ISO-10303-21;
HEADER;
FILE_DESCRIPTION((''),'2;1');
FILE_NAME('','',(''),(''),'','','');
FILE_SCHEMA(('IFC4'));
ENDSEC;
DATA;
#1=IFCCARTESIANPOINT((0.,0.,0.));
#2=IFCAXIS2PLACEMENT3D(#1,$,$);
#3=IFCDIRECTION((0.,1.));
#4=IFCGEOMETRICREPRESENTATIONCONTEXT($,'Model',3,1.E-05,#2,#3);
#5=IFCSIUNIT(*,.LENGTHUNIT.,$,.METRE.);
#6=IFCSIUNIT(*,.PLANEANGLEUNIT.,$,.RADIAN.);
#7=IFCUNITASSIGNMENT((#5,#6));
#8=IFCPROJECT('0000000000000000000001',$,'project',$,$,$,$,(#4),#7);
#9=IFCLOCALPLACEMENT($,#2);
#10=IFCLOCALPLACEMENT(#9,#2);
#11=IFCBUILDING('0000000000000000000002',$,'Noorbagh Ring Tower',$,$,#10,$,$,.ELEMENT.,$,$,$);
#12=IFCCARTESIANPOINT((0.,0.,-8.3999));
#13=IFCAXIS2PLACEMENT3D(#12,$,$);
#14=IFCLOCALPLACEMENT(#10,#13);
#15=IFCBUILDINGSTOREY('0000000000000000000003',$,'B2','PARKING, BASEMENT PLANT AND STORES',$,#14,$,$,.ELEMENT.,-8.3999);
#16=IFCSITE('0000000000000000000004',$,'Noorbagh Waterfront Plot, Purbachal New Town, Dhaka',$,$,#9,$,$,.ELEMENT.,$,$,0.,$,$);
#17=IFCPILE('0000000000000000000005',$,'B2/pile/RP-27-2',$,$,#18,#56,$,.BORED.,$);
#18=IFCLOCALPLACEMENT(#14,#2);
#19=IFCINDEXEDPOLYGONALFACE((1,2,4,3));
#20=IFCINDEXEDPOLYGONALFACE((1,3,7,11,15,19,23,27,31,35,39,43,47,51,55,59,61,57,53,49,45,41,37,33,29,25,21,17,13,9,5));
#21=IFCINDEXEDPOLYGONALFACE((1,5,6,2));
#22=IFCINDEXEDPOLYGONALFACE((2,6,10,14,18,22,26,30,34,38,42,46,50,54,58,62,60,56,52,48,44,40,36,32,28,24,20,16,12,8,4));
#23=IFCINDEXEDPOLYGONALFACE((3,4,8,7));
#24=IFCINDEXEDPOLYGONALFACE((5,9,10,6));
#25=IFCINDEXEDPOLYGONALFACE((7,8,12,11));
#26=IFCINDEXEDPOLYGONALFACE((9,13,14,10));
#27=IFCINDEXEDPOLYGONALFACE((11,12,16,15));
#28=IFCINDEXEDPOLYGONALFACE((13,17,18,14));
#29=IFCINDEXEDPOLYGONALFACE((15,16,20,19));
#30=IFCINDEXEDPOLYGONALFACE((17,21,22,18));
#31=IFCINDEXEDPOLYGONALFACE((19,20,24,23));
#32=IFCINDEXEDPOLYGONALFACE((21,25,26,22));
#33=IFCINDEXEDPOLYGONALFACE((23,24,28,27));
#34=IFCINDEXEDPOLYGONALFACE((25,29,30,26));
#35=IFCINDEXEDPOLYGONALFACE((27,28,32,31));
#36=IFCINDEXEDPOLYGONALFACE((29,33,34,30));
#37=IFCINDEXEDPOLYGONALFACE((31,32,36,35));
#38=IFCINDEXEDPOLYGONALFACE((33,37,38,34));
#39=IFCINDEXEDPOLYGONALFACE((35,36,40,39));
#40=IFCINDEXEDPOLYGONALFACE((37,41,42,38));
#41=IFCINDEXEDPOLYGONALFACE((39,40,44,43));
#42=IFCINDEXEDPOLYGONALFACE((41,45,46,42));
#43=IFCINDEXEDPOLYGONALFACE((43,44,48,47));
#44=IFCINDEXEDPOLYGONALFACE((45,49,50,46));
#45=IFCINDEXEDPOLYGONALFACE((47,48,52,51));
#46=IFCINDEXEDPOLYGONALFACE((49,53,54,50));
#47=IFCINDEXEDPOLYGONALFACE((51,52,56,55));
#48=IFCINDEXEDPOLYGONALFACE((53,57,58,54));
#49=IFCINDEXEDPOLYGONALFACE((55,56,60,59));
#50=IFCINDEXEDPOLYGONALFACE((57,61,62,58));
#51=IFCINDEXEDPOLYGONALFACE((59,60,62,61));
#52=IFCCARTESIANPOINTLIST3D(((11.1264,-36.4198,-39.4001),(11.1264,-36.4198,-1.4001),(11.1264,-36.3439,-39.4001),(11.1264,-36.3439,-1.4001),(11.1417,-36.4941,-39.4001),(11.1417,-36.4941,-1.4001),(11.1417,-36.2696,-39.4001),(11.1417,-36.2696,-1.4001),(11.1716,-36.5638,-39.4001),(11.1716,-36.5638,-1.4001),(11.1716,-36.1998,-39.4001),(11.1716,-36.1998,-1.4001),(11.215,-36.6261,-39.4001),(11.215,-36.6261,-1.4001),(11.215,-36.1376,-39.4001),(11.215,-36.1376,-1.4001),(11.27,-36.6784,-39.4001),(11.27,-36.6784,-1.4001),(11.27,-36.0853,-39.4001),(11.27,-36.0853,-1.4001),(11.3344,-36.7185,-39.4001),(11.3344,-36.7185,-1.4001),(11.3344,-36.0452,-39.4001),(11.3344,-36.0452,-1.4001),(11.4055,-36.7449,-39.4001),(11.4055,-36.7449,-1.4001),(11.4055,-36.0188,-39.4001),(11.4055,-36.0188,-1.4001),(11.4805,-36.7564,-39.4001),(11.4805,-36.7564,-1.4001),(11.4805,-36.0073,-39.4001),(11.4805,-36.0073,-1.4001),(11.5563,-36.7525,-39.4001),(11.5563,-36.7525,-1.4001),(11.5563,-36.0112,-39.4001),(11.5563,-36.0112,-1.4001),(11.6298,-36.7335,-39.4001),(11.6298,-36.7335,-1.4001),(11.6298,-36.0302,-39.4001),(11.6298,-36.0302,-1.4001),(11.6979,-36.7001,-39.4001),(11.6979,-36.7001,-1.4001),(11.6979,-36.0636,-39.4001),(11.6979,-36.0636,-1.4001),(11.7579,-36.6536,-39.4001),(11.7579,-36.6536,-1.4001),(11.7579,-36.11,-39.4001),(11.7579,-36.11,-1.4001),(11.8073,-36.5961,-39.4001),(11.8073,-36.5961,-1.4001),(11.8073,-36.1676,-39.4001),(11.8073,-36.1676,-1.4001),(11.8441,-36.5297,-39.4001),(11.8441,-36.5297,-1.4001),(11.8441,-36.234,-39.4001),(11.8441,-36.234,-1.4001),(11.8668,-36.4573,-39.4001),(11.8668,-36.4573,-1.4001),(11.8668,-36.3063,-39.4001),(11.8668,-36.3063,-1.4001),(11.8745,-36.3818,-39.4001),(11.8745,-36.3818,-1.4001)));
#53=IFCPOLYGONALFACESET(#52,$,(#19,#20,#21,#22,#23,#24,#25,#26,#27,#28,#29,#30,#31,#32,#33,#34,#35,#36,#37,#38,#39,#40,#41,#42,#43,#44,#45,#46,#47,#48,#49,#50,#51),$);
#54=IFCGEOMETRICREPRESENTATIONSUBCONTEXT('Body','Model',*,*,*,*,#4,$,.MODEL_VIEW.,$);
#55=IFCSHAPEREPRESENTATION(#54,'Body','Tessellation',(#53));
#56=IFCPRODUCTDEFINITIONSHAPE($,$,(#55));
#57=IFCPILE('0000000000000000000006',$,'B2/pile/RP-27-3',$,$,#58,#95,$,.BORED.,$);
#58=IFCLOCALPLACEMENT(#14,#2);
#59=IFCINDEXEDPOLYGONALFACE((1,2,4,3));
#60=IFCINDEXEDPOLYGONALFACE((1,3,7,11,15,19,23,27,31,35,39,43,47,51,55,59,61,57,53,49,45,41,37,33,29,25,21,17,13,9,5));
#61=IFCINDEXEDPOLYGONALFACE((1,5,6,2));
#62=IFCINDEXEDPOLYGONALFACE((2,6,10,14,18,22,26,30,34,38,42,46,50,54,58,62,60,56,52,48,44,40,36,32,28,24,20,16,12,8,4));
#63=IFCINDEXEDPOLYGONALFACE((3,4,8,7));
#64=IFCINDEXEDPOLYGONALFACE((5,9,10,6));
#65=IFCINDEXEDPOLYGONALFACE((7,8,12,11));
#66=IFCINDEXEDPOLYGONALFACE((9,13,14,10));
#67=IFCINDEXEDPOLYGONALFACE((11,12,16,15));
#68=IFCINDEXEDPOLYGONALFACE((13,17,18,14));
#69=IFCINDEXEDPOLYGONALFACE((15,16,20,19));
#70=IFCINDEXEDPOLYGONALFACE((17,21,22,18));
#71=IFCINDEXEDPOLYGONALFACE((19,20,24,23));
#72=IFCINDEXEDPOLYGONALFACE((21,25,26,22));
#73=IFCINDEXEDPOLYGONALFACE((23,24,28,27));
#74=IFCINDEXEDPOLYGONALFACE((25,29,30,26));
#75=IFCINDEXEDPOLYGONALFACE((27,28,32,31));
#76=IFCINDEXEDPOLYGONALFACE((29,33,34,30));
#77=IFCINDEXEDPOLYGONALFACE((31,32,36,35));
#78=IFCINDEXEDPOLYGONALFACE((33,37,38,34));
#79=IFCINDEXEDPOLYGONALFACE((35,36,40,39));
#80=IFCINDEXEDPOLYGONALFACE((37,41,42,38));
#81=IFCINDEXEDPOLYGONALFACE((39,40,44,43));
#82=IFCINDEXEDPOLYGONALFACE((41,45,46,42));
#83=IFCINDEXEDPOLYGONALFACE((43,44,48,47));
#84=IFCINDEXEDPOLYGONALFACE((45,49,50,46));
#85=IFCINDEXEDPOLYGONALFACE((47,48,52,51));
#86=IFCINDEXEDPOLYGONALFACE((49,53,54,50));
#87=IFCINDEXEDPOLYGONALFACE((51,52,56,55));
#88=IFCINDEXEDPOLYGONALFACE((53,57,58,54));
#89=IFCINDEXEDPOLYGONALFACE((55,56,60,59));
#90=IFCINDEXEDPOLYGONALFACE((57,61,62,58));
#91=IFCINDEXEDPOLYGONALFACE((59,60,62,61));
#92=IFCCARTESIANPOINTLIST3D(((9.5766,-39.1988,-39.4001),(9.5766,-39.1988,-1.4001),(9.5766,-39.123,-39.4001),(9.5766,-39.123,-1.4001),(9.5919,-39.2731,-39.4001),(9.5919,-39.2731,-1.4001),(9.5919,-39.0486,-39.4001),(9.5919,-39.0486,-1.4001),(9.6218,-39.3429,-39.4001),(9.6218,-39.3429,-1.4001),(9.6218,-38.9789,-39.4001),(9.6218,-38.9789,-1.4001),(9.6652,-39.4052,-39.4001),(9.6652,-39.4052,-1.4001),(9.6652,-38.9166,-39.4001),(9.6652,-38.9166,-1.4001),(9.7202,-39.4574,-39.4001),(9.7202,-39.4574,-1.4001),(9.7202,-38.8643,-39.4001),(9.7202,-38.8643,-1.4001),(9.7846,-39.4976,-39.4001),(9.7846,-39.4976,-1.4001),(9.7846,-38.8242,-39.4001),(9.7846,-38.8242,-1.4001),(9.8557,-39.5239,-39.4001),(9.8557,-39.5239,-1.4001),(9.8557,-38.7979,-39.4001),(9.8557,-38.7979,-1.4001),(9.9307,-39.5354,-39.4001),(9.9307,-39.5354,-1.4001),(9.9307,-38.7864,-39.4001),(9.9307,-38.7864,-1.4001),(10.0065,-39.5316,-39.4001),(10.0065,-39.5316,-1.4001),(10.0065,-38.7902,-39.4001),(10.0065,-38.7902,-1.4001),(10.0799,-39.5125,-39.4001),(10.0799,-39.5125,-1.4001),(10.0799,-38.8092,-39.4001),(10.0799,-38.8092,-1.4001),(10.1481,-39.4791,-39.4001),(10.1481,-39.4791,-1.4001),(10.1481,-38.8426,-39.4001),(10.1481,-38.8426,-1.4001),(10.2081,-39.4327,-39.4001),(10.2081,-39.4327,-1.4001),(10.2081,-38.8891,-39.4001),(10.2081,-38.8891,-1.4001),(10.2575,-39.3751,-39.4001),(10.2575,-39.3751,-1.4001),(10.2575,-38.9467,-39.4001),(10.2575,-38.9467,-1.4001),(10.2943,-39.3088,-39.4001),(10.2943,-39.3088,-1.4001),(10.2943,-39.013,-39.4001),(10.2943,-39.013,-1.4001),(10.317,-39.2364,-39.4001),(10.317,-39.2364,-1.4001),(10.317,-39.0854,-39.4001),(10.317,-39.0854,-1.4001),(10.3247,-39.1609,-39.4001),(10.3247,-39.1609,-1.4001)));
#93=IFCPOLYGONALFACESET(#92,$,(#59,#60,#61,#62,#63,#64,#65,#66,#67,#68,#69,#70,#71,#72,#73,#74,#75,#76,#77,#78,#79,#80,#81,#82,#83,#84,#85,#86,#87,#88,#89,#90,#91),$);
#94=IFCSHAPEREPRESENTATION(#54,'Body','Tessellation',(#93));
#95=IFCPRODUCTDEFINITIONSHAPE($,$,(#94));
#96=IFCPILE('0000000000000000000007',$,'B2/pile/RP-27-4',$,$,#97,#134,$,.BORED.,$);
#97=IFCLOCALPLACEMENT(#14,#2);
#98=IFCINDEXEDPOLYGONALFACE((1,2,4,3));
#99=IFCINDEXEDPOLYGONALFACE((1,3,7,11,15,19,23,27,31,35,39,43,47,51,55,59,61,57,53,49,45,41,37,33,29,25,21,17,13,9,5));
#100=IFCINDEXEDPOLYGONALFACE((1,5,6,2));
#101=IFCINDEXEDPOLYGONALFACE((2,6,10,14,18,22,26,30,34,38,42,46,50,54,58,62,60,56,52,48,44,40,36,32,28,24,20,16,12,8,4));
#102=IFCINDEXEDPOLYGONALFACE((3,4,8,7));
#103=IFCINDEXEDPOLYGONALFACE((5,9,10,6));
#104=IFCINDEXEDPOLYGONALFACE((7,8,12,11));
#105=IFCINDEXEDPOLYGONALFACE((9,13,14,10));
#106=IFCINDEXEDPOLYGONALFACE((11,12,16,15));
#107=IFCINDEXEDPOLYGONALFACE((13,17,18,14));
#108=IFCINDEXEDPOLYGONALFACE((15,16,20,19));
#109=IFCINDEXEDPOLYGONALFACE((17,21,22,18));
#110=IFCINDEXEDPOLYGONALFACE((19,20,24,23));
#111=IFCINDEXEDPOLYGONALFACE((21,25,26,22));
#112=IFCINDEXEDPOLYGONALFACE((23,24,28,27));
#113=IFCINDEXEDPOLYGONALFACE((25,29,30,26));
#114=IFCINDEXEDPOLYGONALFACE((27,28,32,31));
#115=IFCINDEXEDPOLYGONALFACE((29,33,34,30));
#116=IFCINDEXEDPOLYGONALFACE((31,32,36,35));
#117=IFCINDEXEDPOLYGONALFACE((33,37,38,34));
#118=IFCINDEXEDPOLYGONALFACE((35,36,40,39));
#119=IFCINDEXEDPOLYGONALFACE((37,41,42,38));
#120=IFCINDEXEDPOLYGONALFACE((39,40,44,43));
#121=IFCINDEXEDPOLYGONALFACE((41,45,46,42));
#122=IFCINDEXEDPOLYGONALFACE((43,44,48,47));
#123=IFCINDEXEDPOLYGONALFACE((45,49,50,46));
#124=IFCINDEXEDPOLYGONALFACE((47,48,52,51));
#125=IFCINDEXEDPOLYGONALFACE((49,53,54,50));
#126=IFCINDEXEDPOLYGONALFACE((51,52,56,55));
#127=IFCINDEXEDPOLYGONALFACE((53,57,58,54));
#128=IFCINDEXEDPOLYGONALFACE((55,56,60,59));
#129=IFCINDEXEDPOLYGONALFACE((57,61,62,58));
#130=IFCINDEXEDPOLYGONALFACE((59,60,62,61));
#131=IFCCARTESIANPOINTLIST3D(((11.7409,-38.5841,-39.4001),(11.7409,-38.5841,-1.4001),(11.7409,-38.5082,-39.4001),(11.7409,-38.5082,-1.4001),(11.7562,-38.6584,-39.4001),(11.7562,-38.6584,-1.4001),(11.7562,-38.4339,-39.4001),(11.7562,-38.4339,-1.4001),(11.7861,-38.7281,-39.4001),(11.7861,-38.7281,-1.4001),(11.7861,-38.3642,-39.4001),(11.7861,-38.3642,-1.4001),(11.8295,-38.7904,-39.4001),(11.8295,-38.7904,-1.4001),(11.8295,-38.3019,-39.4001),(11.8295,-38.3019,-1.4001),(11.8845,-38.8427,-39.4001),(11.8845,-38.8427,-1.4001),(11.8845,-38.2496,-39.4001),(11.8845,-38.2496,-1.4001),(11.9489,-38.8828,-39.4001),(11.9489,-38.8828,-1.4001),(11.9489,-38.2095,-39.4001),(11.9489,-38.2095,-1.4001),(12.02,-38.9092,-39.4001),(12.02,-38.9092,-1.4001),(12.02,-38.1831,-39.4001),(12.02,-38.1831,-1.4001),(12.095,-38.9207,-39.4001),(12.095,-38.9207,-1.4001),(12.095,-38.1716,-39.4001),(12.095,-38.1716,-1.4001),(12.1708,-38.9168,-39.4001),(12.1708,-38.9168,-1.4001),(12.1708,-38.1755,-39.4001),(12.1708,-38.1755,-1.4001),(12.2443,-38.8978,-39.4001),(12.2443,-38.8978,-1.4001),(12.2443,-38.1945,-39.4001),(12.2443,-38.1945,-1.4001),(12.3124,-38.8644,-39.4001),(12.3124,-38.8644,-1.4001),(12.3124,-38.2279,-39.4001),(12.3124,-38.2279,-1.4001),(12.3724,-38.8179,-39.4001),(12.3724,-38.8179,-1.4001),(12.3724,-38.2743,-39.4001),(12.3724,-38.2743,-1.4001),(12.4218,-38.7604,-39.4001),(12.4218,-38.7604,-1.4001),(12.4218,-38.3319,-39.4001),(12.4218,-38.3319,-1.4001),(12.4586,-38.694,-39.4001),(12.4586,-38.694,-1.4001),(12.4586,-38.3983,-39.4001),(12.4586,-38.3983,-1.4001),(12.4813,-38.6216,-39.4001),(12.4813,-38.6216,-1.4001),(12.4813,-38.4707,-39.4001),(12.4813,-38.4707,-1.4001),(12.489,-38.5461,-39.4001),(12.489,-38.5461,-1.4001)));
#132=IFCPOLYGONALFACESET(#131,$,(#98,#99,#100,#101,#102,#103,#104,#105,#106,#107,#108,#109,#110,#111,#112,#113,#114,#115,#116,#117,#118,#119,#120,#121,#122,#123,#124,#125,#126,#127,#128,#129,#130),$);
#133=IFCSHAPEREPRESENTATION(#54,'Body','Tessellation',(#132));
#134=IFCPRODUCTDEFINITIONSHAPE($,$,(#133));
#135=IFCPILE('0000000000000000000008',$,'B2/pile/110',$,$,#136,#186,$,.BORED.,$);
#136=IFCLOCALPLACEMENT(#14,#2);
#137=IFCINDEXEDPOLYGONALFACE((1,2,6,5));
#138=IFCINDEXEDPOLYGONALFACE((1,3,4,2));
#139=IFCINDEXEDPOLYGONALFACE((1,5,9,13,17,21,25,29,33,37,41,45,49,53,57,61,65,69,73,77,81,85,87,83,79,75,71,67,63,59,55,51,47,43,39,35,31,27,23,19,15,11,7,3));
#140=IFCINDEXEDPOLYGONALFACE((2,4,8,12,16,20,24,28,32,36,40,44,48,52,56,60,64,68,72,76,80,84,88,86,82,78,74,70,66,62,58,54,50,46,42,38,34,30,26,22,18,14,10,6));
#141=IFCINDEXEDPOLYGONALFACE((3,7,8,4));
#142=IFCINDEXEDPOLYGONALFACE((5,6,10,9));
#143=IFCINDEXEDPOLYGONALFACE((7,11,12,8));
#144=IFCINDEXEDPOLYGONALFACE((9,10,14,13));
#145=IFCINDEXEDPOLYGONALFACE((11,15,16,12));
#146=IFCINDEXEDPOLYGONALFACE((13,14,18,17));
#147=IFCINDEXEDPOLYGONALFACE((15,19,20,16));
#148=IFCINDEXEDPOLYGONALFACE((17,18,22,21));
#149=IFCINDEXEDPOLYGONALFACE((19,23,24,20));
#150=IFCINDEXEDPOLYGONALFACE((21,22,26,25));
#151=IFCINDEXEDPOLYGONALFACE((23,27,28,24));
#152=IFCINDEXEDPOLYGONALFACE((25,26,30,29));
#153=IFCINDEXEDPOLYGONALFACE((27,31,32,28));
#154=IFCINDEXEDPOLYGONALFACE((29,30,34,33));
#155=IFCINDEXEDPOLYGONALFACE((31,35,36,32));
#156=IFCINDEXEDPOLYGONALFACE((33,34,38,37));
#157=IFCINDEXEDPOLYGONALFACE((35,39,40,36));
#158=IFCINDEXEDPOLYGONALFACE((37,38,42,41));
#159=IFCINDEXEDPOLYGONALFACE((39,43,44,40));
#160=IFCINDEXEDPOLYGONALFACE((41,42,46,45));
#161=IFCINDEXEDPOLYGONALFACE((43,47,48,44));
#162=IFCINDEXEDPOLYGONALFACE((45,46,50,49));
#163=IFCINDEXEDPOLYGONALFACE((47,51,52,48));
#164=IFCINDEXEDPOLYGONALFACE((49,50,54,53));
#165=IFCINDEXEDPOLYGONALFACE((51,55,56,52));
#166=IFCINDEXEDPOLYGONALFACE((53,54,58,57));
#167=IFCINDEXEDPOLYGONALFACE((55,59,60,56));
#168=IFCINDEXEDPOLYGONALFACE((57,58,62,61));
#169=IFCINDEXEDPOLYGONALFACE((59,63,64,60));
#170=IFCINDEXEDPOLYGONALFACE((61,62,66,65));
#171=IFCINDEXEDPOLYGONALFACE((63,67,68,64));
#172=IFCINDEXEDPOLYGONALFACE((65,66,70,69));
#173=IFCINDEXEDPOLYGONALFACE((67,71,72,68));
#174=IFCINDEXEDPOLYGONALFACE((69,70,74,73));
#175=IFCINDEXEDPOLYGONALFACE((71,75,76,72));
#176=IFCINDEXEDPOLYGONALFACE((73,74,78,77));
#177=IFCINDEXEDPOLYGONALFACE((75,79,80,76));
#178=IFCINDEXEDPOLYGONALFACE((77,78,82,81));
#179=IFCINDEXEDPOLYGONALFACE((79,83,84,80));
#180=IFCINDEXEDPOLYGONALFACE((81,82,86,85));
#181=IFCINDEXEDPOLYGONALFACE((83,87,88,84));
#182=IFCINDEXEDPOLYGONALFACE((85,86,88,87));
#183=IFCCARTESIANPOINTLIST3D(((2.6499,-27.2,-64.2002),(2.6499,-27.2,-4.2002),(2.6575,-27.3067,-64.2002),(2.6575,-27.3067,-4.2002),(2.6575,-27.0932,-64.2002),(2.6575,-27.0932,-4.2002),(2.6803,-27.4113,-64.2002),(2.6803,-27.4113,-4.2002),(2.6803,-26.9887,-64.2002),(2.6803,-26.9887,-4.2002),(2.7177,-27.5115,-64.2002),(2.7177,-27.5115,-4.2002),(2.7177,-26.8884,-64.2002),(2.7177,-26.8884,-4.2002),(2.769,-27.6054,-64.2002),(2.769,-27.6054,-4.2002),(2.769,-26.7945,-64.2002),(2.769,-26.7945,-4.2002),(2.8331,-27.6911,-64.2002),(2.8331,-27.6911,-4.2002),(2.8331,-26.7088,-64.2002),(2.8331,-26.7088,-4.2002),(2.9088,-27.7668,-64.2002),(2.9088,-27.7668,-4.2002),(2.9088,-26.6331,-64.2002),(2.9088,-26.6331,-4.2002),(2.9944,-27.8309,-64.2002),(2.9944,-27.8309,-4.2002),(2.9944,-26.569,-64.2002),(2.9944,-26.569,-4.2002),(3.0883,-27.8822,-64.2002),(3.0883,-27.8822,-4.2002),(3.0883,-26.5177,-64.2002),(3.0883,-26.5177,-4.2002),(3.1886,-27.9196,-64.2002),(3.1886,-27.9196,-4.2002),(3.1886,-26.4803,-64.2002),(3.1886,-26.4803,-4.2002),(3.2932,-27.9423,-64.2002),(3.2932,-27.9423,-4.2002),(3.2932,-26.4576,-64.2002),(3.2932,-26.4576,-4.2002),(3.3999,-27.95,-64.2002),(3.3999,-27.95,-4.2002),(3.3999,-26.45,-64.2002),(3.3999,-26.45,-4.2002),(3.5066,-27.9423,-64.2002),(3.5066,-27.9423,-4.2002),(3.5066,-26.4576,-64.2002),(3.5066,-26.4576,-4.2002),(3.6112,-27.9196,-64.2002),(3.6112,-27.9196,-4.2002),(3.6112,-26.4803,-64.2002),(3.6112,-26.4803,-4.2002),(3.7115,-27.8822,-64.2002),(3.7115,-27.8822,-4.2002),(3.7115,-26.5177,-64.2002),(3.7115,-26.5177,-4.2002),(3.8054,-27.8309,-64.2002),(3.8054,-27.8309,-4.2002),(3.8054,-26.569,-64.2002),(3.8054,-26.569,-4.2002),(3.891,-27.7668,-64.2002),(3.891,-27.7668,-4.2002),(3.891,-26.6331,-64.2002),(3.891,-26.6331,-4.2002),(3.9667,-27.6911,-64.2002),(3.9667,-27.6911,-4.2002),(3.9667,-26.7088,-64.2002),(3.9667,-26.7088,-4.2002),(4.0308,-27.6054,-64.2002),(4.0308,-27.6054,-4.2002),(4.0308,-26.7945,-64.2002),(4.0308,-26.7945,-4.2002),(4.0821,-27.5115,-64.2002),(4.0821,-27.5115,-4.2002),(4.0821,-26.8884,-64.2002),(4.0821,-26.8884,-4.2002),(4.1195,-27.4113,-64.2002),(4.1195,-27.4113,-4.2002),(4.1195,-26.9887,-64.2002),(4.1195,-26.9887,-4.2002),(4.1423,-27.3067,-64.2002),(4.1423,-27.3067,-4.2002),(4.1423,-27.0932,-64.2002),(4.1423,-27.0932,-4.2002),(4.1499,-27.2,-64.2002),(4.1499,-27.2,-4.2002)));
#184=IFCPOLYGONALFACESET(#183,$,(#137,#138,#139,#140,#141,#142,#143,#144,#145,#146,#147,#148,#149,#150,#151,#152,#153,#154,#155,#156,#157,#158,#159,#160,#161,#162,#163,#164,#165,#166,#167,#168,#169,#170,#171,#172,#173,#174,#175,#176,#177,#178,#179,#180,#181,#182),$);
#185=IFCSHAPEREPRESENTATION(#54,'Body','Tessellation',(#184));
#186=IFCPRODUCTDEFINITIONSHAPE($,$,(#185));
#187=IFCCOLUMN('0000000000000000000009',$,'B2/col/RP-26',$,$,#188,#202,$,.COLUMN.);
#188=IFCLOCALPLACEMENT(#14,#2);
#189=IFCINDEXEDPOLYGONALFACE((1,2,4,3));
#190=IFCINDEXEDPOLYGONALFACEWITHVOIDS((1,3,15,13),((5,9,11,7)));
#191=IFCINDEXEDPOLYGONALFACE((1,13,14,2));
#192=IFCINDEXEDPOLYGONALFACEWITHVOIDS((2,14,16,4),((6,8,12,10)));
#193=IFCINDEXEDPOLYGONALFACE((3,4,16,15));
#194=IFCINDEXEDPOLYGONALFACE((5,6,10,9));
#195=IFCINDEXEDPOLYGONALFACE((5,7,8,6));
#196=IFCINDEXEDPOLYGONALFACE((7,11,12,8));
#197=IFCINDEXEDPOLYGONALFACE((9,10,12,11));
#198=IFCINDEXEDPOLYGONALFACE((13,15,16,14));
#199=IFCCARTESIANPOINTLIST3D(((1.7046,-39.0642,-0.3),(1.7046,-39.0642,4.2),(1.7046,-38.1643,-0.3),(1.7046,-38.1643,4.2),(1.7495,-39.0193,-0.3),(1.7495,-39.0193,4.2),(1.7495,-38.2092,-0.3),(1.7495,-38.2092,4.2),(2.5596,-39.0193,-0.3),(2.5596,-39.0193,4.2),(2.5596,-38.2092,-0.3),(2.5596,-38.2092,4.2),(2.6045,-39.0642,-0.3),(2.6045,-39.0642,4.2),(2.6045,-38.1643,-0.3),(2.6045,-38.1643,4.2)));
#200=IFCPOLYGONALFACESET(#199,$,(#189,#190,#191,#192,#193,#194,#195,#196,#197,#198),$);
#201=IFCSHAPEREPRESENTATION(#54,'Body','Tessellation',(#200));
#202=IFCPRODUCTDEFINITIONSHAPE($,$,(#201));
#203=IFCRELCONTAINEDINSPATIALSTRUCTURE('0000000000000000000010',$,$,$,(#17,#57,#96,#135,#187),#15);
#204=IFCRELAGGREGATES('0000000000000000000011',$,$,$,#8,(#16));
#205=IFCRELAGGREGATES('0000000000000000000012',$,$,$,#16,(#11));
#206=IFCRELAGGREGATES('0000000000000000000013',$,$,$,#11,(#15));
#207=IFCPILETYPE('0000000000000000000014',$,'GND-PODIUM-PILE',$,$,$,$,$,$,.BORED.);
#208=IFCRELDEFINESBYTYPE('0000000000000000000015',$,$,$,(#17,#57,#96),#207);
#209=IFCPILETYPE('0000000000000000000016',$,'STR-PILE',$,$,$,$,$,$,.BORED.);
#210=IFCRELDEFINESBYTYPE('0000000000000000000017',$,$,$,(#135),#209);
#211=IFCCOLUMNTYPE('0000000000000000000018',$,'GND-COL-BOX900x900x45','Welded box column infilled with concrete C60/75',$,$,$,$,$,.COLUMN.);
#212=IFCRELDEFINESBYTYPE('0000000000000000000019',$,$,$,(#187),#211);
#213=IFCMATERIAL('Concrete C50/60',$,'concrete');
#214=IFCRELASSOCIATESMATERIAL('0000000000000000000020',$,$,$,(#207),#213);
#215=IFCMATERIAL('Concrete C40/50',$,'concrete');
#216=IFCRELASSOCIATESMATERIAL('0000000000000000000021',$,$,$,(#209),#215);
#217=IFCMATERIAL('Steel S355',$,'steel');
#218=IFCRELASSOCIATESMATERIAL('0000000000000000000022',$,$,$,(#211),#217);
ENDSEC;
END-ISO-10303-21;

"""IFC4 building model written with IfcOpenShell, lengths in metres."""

from ifc_helpers import new_model, si_unit, direction, frame, origin, origin_2d, place, context, subcontext, project, spatial, hollow_rectangle, circle, extrude, material, material_profile, profile_set, type_object, element, save


model = new_model("IFC4")

# Units and contexts
model_context = context("Model", 3, precision=1e-05, world=origin(), true_north=direction((0.0, 1.0)))
body_context = subcontext(model_context, "Body", "Model", "MODEL_VIEW")
ifc_project = project(units=[si_unit("LENGTHUNIT", "METRE"), si_unit("PLANEANGLEUNIT", "RADIAN")], contexts=[model_context])

# Site, building, storey
site_placement = place(None, origin())
site = spatial("IfcSite", under=ifc_project, at=site_placement, Name="Noorbagh Waterfront Plot, Purbachal New Town, Dhaka", CompositionType="ELEMENT", RefElevation=0.0)
building_placement = place(site_placement, origin())
building = spatial("IfcBuilding", under=site, at=building_placement, Name="Noorbagh Ring Tower", CompositionType="ELEMENT")
storey_placement = place(building_placement, frame((0.0, 0.0, -8.3999)))
storey = spatial("IfcBuildingStorey", under=building, at=storey_placement, Name="B2", Description="PARKING, BASEMENT PLANT AND STORES", CompositionType="ELEMENT", Elevation=-8.3999)

# Piles
ifc_material_1 = material(Name="Concrete C50/60", Category="concrete")
ifc_material_profile_1 = material_profile(ifc_material_1, circle(Radius=0.375, at=origin_2d()), Name="PILE750")
ifc_profile_set_1 = profile_set([ifc_material_profile_1], Name="Concrete C50/60")
pile_type_1 = type_object("IfcPileType", Name="GND-PODIUM-PILE", PredefinedType="BORED", material=ifc_profile_set_1)
for number, where, z_axis, x_axis, name in (
    (1, (11.4995, -36.3818, -1.4001), (0.0, 0.0, -1.0), (1.0, 0.0, 0.0), "B2/pile/RP-27-2"),
    (2, (9.9497, -39.1609, -1.4001), (0.0, 0.0, -1.0), (1.0, 0.0, 0.0), "B2/pile/RP-27-3"),
    (3, (12.114, -38.5461, -1.4001), (0.0, 0.0, -1.0), (1.0, 0.0, 0.0), "B2/pile/RP-27-4"),
):
    element("IfcPile", number, at=place(storey_placement, frame(where, z_axis=z_axis, x_axis=x_axis)), inside=storey, type_object=pile_type_1, Name=name, PredefinedType="BORED", context=body_context, shape_type="SweptSolid", body=[
        extrude(circle(Radius=0.375, at=origin_2d()), origin(), (0.0, 0.0, 1.0), 38.0),
    ])
ifc_material_2 = material(Name="Concrete C40/50", Category="concrete")
ifc_material_profile_2 = material_profile(ifc_material_2, circle(Radius=0.75, at=origin_2d()), Name="PILE1500")
ifc_profile_set_2 = profile_set([ifc_material_profile_2], Name="Concrete C40/50")
pile_type_2 = type_object("IfcPileType", Name="STR-PILE", PredefinedType="BORED", material=ifc_profile_set_2)
pile_placement = place(storey_placement, frame((3.3999, -27.2, -4.2002), z_axis=(0.0, 0.0, -1.0), x_axis=(1.0, 0.0, 0.0)))
element("IfcPile", 4, at=pile_placement, inside=storey, type_object=pile_type_2, Name="B2/pile/110", PredefinedType="BORED", context=body_context, shape_type="SweptSolid", body=[
    extrude(circle(Radius=0.75, at=origin_2d()), origin(), (0.0, 0.0, 1.0), 60.0),
])

# Column
ifc_material_3 = material(Name="Steel S355", Category="steel")
ifc_material_profile_3 = material_profile(ifc_material_3, hollow_rectangle(XDim=0.8999, YDim=0.8999, WallThickness=0.0449, at=origin_2d()), Name="BOX900x900x45")
ifc_profile_set_3 = profile_set([ifc_material_profile_3], Name="Steel S355")
column_type = type_object("IfcColumnType", Name="GND-COL-BOX900x900x45", Description="Welded box column infilled with concrete C60/75", PredefinedType="COLUMN", material=ifc_profile_set_3)
for number, where, z_axis, x_axis, name in (
    (5, (2.1545, -38.6143, -0.3), (0.0, 0.0, 1.0), (1.0, 0.0, 0.0), "B2/col/RP-26"),
):
    element("IfcColumn", number, at=place(storey_placement, frame(where, z_axis=z_axis, x_axis=x_axis)), inside=storey, type_object=column_type, Name=name, PredefinedType="COLUMN", context=body_context, shape_type="SweptSolid", body=[
        extrude(hollow_rectangle(XDim=0.8999, YDim=0.8999, WallThickness=0.0449, at=origin_2d()), origin(), (0.0, 0.0, 1.0), 4.5),
    ])

save(model, "model.ifc")
